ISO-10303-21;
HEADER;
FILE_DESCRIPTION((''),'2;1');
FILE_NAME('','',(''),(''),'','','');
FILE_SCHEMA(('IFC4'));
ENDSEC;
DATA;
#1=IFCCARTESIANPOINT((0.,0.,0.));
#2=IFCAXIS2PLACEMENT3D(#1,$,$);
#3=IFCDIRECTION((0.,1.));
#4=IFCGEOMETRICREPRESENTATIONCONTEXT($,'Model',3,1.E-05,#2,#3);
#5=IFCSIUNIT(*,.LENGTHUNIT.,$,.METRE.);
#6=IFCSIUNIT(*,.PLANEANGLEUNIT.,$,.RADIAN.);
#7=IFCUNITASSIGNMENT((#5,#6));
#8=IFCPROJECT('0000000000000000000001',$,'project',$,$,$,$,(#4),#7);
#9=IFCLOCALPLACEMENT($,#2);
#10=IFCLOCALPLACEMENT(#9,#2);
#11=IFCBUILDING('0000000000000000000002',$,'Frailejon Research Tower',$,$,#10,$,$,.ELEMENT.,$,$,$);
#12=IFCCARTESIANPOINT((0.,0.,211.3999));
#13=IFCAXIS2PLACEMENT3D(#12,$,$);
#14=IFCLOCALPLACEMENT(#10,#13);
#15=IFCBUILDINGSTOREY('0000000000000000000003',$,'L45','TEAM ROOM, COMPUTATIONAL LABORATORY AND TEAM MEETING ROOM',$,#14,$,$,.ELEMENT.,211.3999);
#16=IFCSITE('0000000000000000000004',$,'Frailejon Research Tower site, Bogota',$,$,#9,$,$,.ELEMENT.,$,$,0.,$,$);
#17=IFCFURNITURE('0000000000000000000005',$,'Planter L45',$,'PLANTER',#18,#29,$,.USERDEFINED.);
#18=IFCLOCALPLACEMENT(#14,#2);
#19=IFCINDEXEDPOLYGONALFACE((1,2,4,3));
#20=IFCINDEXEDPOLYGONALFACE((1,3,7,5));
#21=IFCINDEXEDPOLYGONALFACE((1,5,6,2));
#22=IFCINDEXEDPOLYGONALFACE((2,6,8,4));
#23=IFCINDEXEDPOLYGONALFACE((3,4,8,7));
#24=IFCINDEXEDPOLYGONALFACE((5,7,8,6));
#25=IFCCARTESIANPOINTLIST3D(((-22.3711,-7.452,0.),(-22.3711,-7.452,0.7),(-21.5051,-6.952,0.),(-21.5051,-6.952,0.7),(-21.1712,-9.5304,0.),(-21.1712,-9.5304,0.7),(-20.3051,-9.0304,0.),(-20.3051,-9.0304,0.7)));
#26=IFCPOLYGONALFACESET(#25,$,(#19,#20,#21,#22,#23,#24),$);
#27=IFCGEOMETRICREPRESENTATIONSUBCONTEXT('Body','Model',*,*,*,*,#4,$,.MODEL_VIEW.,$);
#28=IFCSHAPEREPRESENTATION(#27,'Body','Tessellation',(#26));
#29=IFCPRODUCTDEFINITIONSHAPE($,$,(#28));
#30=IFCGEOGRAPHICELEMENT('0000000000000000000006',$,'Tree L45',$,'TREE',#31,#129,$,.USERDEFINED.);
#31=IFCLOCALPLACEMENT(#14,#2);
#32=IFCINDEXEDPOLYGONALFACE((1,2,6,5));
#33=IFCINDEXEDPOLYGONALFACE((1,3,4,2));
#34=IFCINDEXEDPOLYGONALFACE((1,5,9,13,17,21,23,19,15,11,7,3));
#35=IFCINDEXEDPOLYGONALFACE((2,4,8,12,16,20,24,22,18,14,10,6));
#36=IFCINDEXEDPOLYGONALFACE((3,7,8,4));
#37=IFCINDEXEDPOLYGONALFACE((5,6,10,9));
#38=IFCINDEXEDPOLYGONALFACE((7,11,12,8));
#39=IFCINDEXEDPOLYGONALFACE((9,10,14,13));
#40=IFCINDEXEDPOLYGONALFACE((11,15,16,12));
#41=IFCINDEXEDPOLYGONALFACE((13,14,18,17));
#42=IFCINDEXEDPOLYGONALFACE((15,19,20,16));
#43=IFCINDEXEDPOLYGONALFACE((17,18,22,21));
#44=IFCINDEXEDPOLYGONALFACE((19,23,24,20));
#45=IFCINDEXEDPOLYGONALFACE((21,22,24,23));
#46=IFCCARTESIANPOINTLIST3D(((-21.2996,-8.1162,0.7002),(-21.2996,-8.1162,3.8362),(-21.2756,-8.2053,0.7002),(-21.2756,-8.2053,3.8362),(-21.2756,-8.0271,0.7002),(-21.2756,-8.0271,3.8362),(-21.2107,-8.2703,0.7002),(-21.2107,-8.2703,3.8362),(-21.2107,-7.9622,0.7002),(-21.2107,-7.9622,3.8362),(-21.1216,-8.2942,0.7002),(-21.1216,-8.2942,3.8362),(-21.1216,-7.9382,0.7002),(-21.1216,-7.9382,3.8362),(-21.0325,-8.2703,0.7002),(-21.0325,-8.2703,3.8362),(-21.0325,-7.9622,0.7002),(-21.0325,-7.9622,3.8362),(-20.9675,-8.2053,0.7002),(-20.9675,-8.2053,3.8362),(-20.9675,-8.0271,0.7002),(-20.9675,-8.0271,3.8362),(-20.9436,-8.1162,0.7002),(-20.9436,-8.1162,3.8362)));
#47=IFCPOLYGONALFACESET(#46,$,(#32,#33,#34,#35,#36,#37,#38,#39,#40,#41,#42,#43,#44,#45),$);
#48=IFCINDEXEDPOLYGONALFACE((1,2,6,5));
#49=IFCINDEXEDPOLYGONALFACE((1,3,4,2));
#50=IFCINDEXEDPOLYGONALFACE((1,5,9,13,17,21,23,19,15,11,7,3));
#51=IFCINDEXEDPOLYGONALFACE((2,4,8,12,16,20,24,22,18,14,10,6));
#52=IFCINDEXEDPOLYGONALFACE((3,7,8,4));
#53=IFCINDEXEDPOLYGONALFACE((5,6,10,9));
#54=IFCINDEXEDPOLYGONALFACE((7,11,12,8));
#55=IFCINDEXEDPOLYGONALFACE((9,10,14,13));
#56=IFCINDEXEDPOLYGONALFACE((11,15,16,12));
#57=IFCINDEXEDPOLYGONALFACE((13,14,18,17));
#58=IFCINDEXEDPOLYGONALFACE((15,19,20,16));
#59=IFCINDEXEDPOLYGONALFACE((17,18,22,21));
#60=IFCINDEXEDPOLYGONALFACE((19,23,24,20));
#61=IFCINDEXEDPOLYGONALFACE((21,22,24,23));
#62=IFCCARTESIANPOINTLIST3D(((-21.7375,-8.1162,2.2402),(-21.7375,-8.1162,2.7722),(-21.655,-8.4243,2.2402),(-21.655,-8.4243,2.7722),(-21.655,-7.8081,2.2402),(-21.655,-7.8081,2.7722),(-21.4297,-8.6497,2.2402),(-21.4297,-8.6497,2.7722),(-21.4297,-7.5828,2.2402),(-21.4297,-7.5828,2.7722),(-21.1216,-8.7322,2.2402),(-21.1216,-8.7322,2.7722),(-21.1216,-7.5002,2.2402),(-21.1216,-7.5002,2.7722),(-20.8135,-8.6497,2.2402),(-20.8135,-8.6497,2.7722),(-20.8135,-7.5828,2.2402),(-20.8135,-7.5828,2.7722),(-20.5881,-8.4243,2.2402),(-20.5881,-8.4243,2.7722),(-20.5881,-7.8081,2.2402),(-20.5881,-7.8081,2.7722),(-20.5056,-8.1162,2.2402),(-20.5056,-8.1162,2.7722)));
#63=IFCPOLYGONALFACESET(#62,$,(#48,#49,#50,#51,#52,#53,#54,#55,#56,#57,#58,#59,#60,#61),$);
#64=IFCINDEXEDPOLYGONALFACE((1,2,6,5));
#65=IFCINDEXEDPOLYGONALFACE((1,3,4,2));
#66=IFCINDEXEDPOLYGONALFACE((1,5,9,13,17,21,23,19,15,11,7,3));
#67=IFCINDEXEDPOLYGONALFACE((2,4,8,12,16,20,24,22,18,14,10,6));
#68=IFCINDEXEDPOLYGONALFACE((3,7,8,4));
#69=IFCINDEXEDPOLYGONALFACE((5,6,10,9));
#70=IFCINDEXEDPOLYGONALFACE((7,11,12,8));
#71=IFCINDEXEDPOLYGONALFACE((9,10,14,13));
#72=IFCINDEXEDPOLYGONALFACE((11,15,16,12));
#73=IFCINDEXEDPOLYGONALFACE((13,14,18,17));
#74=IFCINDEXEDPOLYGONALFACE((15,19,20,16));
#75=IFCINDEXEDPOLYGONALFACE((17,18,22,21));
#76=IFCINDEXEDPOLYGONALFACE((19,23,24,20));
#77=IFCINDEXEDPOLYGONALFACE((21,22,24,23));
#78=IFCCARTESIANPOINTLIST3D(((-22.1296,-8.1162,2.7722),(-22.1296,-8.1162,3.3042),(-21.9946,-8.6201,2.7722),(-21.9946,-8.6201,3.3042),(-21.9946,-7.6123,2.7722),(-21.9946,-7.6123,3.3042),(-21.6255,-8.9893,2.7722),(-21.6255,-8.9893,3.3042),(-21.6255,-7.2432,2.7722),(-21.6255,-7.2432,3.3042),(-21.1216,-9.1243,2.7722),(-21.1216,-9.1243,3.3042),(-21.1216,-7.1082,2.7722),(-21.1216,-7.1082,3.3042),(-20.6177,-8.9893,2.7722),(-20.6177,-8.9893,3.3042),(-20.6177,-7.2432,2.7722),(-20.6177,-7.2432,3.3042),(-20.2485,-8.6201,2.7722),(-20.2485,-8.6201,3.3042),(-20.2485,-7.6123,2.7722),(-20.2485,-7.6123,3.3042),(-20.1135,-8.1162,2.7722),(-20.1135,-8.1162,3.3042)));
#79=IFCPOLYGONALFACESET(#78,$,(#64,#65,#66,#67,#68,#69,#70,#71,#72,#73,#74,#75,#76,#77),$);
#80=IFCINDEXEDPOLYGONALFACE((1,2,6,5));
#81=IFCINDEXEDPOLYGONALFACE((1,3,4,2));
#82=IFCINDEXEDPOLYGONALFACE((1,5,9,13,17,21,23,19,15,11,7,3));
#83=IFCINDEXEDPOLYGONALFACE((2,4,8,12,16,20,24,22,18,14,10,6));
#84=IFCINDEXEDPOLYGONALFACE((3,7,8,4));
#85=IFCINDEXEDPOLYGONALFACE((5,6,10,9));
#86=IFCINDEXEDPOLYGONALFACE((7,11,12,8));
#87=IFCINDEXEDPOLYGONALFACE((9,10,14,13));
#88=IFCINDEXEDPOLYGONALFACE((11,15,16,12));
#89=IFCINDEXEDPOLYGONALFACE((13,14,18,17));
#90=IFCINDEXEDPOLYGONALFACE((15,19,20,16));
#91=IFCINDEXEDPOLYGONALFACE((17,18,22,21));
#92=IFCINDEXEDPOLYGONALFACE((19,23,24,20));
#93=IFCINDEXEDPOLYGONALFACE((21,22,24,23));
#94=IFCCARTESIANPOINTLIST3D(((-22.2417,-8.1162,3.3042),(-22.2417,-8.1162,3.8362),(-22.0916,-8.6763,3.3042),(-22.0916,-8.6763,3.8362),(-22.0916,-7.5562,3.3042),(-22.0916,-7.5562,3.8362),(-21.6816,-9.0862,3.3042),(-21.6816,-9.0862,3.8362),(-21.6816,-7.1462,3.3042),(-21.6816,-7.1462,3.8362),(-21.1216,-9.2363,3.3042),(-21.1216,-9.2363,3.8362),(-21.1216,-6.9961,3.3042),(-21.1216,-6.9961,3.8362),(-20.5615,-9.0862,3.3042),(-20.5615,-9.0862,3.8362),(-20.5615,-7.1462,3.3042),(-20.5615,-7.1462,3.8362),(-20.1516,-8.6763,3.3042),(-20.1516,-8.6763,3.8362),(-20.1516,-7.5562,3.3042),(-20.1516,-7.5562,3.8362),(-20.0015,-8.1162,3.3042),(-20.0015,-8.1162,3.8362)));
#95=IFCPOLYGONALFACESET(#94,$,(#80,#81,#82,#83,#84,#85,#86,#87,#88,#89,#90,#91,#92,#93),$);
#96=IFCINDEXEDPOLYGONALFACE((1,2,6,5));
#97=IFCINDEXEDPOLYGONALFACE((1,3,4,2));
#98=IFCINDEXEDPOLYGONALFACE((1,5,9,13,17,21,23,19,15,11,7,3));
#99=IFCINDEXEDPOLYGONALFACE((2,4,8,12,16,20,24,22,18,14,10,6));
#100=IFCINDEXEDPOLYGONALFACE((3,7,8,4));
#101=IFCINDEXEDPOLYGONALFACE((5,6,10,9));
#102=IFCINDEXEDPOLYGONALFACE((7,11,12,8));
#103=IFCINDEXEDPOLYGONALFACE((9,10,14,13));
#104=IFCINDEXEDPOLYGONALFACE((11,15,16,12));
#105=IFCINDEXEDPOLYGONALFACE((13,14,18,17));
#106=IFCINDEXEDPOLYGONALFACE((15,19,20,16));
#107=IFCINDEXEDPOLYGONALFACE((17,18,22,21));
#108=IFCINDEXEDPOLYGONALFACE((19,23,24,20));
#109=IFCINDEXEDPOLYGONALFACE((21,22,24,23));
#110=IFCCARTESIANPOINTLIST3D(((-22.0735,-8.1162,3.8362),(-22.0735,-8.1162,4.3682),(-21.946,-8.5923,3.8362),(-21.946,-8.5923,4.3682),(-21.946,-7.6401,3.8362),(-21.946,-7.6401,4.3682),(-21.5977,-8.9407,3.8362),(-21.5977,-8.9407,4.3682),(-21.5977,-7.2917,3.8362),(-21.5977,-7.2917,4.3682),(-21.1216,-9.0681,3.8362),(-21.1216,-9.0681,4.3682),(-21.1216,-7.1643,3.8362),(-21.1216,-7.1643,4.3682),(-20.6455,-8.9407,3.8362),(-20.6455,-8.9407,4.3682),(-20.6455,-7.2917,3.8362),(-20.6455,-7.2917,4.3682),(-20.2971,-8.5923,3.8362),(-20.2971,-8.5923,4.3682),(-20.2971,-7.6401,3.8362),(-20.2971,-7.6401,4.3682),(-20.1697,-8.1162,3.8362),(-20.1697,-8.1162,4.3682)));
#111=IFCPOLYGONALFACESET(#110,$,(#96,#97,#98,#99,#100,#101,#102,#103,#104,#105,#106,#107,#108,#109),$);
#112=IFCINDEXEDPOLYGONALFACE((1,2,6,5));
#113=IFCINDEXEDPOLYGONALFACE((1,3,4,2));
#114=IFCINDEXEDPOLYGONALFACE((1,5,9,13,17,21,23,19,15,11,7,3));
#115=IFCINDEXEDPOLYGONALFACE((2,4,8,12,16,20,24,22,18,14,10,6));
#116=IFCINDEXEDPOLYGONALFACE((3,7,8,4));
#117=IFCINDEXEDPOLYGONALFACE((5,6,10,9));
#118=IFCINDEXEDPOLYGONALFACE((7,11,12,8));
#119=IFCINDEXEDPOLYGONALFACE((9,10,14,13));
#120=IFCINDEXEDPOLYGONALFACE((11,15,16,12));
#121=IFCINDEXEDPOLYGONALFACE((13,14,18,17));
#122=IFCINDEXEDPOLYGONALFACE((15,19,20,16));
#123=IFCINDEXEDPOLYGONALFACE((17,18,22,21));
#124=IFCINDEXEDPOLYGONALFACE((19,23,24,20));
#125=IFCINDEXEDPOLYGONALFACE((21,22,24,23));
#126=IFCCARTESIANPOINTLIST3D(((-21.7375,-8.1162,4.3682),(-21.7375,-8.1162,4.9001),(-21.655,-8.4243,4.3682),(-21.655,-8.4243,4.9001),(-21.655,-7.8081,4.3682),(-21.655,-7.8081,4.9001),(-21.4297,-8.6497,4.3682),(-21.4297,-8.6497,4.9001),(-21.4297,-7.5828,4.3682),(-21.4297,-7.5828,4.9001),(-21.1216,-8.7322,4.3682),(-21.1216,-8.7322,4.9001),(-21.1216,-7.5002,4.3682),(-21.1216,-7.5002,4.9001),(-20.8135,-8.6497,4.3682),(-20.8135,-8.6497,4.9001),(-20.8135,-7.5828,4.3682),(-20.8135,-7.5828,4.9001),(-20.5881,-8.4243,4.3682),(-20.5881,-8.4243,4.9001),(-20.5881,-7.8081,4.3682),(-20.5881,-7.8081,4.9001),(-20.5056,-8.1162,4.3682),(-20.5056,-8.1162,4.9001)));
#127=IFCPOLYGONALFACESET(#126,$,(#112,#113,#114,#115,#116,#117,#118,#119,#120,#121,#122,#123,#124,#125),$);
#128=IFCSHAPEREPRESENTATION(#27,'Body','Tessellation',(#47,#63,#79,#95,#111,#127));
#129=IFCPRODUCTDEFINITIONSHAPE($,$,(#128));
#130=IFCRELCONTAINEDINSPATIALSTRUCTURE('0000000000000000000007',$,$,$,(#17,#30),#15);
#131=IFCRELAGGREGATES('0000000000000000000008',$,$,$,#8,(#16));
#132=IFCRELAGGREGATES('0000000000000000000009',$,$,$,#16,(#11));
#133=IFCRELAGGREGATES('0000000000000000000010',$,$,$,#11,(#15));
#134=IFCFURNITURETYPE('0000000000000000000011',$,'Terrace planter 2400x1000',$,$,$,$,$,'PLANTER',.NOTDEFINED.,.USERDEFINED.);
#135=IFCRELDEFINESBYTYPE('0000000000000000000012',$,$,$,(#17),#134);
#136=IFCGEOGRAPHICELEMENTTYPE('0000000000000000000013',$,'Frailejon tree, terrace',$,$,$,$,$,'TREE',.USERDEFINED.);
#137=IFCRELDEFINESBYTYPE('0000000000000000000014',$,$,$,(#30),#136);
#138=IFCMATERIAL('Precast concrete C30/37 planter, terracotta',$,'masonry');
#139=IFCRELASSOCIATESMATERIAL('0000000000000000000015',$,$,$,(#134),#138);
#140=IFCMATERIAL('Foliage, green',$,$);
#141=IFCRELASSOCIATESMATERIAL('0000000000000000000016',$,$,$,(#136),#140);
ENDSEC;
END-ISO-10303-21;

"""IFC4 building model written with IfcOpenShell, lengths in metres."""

from ifc_helpers import new_model, si_unit, direction, frame, origin, origin_2d, place, context, subcontext, project, spatial, polyline, rectangle, outline, extrude, material, type_object, element, save


model = new_model("IFC4")

# Units and contexts
model_context = context("Model", 3, precision=1e-05, world=origin(), true_north=direction((0.0, 1.0)))
body_context = subcontext(model_context, "Body", "Model", "MODEL_VIEW")
ifc_project = project(units=[si_unit("LENGTHUNIT", "METRE"), si_unit("PLANEANGLEUNIT", "RADIAN")], contexts=[model_context])

# Site, building, storey
site_placement = place(None, origin())
site = spatial("IfcSite", under=ifc_project, at=site_placement, Name="Frailejon Research Tower site, Bogota", CompositionType="ELEMENT", RefElevation=0.0)
building_placement = place(site_placement, origin())
building = spatial("IfcBuilding", under=site, at=building_placement, Name="Frailejon Research Tower", CompositionType="ELEMENT")
storey_placement = place(building_placement, frame((0.0, 0.0, 211.3999)))
storey = spatial("IfcBuildingStorey", under=building, at=storey_placement, Name="L45", Description="TEAM ROOM, COMPUTATIONAL LABORATORY AND TEAM MEETING ROOM", CompositionType="ELEMENT", Elevation=211.3999)

# Furniture
ifc_material_1 = material(Name="Precast concrete C30/37 planter, terracotta", Category="masonry")
furniture_type = type_object("IfcFurnitureType", Name="Terrace planter 2400x1000", ElementType="PLANTER", AssemblyPlace="NOTDEFINED", PredefinedType="USERDEFINED", material=ifc_material_1)
furniture_placement = place(storey_placement, frame((-21.3381, -8.2412, 0.0), z_axis=(0.0, 0.0, 1.0), x_axis=(0.5, -0.866025, 0.0)))
element("IfcFurniture", 1, at=furniture_placement, inside=storey, type_object=furniture_type, Name="Planter L45", ObjectType="PLANTER", PredefinedType="USERDEFINED", context=body_context, shape_type="SweptSolid", body=[
    extrude(rectangle(XDim=2.3999, YDim=1.0, at=origin_2d()), origin(), (0.0, 0.0, 1.0), 0.7),
])

# Geographic element
ifc_material_2 = material(Name="Foliage, green")
geographic_element_type = type_object("IfcGeographicElementType", Name="Frailejon tree, terrace", ElementType="TREE", PredefinedType="USERDEFINED", material=ifc_material_2)
geographic_element_placement = place(storey_placement, frame((-21.1216, -8.1162, 0.7002)))
element("IfcGeographicElement", 2, at=geographic_element_placement, inside=storey, type_object=geographic_element_type, Name="Tree L45", ObjectType="TREE", PredefinedType="USERDEFINED", context=body_context, shape_type="SweptSolid", body=[
    extrude(outline(polyline([(0.178, 0.0), (0.1541, 0.0891), (0.0891, 0.1541), (0.0, 0.178), (-0.0891, 0.1541), (-0.1541, 0.0891), (-0.178, 0.0), (-0.1541, -0.0891), (-0.0891, -0.1541), (0.0, -0.178), (0.0891, -0.1541), (0.1541, -0.0891), (0.178, 0.0)])), origin(), (0.0, 0.0, 1.0), 3.136),
    extrude(outline(polyline([(0.616, 0.0), (0.5334, 0.3081), (0.3081, 0.5334), (0.0, 0.616), (-0.3081, 0.5334), (-0.5334, 0.3081), (-0.616, 0.0), (-0.5334, -0.3081), (-0.3081, -0.5334), (0.0, -0.616), (0.3081, -0.5334), (0.5334, -0.3081), (0.616, 0.0)])), frame((0.0, 0.0, 1.54)), (0.0, 0.0, 1.0), 0.532),
    extrude(outline(polyline([(1.0081, 0.0), (0.873, 0.5039), (0.5039, 0.873), (0.0, 1.0081), (-0.5039, 0.873), (-0.873, 0.5039), (-1.0081, 0.0), (-0.873, -0.5039), (-0.5039, -0.873), (0.0, -1.0081), (0.5039, -0.873), (0.873, -0.5039), (1.0081, 0.0)])), frame((0.0, 0.0, 2.072)), (0.0, 0.0, 1.0), 0.532),
    extrude(outline(polyline([(1.1201, 0.0), (0.97, 0.5601), (0.5601, 0.97), (0.0, 1.1201), (-0.5601, 0.97), (-0.97, 0.5601), (-1.1201, 0.0), (-0.97, -0.5601), (-0.5601, -0.97), (0.0, -1.1201), (0.5601, -0.97), (0.97, -0.5601), (1.1201, 0.0)])), frame((0.0, 0.0, 2.604)), (0.0, 0.0, 1.0), 0.532),
    extrude(outline(polyline([(0.9519, 0.0), (0.8245, 0.4761), (0.4761, 0.8245), (0.0, 0.9519), (-0.4761, 0.8245), (-0.8245, 0.4761), (-0.9519, 0.0), (-0.8245, -0.4761), (-0.4761, -0.8245), (0.0, -0.9519), (0.4761, -0.8245), (0.8245, -0.4761), (0.9519, 0.0)])), frame((0.0, 0.0, 3.136)), (0.0, 0.0, 1.0), 0.532),
    extrude(outline(polyline([(0.616, 0.0), (0.5334, 0.3081), (0.3081, 0.5334), (0.0, 0.616), (-0.3081, 0.5334), (-0.5334, 0.3081), (-0.616, 0.0), (-0.5334, -0.3081), (-0.3081, -0.5334), (0.0, -0.616), (0.3081, -0.5334), (0.5334, -0.3081), (0.616, 0.0)])), frame((0.0, 0.0, 3.668)), (0.0, 0.0, 1.0), 0.532),
])

save(model, "model.ifc")
